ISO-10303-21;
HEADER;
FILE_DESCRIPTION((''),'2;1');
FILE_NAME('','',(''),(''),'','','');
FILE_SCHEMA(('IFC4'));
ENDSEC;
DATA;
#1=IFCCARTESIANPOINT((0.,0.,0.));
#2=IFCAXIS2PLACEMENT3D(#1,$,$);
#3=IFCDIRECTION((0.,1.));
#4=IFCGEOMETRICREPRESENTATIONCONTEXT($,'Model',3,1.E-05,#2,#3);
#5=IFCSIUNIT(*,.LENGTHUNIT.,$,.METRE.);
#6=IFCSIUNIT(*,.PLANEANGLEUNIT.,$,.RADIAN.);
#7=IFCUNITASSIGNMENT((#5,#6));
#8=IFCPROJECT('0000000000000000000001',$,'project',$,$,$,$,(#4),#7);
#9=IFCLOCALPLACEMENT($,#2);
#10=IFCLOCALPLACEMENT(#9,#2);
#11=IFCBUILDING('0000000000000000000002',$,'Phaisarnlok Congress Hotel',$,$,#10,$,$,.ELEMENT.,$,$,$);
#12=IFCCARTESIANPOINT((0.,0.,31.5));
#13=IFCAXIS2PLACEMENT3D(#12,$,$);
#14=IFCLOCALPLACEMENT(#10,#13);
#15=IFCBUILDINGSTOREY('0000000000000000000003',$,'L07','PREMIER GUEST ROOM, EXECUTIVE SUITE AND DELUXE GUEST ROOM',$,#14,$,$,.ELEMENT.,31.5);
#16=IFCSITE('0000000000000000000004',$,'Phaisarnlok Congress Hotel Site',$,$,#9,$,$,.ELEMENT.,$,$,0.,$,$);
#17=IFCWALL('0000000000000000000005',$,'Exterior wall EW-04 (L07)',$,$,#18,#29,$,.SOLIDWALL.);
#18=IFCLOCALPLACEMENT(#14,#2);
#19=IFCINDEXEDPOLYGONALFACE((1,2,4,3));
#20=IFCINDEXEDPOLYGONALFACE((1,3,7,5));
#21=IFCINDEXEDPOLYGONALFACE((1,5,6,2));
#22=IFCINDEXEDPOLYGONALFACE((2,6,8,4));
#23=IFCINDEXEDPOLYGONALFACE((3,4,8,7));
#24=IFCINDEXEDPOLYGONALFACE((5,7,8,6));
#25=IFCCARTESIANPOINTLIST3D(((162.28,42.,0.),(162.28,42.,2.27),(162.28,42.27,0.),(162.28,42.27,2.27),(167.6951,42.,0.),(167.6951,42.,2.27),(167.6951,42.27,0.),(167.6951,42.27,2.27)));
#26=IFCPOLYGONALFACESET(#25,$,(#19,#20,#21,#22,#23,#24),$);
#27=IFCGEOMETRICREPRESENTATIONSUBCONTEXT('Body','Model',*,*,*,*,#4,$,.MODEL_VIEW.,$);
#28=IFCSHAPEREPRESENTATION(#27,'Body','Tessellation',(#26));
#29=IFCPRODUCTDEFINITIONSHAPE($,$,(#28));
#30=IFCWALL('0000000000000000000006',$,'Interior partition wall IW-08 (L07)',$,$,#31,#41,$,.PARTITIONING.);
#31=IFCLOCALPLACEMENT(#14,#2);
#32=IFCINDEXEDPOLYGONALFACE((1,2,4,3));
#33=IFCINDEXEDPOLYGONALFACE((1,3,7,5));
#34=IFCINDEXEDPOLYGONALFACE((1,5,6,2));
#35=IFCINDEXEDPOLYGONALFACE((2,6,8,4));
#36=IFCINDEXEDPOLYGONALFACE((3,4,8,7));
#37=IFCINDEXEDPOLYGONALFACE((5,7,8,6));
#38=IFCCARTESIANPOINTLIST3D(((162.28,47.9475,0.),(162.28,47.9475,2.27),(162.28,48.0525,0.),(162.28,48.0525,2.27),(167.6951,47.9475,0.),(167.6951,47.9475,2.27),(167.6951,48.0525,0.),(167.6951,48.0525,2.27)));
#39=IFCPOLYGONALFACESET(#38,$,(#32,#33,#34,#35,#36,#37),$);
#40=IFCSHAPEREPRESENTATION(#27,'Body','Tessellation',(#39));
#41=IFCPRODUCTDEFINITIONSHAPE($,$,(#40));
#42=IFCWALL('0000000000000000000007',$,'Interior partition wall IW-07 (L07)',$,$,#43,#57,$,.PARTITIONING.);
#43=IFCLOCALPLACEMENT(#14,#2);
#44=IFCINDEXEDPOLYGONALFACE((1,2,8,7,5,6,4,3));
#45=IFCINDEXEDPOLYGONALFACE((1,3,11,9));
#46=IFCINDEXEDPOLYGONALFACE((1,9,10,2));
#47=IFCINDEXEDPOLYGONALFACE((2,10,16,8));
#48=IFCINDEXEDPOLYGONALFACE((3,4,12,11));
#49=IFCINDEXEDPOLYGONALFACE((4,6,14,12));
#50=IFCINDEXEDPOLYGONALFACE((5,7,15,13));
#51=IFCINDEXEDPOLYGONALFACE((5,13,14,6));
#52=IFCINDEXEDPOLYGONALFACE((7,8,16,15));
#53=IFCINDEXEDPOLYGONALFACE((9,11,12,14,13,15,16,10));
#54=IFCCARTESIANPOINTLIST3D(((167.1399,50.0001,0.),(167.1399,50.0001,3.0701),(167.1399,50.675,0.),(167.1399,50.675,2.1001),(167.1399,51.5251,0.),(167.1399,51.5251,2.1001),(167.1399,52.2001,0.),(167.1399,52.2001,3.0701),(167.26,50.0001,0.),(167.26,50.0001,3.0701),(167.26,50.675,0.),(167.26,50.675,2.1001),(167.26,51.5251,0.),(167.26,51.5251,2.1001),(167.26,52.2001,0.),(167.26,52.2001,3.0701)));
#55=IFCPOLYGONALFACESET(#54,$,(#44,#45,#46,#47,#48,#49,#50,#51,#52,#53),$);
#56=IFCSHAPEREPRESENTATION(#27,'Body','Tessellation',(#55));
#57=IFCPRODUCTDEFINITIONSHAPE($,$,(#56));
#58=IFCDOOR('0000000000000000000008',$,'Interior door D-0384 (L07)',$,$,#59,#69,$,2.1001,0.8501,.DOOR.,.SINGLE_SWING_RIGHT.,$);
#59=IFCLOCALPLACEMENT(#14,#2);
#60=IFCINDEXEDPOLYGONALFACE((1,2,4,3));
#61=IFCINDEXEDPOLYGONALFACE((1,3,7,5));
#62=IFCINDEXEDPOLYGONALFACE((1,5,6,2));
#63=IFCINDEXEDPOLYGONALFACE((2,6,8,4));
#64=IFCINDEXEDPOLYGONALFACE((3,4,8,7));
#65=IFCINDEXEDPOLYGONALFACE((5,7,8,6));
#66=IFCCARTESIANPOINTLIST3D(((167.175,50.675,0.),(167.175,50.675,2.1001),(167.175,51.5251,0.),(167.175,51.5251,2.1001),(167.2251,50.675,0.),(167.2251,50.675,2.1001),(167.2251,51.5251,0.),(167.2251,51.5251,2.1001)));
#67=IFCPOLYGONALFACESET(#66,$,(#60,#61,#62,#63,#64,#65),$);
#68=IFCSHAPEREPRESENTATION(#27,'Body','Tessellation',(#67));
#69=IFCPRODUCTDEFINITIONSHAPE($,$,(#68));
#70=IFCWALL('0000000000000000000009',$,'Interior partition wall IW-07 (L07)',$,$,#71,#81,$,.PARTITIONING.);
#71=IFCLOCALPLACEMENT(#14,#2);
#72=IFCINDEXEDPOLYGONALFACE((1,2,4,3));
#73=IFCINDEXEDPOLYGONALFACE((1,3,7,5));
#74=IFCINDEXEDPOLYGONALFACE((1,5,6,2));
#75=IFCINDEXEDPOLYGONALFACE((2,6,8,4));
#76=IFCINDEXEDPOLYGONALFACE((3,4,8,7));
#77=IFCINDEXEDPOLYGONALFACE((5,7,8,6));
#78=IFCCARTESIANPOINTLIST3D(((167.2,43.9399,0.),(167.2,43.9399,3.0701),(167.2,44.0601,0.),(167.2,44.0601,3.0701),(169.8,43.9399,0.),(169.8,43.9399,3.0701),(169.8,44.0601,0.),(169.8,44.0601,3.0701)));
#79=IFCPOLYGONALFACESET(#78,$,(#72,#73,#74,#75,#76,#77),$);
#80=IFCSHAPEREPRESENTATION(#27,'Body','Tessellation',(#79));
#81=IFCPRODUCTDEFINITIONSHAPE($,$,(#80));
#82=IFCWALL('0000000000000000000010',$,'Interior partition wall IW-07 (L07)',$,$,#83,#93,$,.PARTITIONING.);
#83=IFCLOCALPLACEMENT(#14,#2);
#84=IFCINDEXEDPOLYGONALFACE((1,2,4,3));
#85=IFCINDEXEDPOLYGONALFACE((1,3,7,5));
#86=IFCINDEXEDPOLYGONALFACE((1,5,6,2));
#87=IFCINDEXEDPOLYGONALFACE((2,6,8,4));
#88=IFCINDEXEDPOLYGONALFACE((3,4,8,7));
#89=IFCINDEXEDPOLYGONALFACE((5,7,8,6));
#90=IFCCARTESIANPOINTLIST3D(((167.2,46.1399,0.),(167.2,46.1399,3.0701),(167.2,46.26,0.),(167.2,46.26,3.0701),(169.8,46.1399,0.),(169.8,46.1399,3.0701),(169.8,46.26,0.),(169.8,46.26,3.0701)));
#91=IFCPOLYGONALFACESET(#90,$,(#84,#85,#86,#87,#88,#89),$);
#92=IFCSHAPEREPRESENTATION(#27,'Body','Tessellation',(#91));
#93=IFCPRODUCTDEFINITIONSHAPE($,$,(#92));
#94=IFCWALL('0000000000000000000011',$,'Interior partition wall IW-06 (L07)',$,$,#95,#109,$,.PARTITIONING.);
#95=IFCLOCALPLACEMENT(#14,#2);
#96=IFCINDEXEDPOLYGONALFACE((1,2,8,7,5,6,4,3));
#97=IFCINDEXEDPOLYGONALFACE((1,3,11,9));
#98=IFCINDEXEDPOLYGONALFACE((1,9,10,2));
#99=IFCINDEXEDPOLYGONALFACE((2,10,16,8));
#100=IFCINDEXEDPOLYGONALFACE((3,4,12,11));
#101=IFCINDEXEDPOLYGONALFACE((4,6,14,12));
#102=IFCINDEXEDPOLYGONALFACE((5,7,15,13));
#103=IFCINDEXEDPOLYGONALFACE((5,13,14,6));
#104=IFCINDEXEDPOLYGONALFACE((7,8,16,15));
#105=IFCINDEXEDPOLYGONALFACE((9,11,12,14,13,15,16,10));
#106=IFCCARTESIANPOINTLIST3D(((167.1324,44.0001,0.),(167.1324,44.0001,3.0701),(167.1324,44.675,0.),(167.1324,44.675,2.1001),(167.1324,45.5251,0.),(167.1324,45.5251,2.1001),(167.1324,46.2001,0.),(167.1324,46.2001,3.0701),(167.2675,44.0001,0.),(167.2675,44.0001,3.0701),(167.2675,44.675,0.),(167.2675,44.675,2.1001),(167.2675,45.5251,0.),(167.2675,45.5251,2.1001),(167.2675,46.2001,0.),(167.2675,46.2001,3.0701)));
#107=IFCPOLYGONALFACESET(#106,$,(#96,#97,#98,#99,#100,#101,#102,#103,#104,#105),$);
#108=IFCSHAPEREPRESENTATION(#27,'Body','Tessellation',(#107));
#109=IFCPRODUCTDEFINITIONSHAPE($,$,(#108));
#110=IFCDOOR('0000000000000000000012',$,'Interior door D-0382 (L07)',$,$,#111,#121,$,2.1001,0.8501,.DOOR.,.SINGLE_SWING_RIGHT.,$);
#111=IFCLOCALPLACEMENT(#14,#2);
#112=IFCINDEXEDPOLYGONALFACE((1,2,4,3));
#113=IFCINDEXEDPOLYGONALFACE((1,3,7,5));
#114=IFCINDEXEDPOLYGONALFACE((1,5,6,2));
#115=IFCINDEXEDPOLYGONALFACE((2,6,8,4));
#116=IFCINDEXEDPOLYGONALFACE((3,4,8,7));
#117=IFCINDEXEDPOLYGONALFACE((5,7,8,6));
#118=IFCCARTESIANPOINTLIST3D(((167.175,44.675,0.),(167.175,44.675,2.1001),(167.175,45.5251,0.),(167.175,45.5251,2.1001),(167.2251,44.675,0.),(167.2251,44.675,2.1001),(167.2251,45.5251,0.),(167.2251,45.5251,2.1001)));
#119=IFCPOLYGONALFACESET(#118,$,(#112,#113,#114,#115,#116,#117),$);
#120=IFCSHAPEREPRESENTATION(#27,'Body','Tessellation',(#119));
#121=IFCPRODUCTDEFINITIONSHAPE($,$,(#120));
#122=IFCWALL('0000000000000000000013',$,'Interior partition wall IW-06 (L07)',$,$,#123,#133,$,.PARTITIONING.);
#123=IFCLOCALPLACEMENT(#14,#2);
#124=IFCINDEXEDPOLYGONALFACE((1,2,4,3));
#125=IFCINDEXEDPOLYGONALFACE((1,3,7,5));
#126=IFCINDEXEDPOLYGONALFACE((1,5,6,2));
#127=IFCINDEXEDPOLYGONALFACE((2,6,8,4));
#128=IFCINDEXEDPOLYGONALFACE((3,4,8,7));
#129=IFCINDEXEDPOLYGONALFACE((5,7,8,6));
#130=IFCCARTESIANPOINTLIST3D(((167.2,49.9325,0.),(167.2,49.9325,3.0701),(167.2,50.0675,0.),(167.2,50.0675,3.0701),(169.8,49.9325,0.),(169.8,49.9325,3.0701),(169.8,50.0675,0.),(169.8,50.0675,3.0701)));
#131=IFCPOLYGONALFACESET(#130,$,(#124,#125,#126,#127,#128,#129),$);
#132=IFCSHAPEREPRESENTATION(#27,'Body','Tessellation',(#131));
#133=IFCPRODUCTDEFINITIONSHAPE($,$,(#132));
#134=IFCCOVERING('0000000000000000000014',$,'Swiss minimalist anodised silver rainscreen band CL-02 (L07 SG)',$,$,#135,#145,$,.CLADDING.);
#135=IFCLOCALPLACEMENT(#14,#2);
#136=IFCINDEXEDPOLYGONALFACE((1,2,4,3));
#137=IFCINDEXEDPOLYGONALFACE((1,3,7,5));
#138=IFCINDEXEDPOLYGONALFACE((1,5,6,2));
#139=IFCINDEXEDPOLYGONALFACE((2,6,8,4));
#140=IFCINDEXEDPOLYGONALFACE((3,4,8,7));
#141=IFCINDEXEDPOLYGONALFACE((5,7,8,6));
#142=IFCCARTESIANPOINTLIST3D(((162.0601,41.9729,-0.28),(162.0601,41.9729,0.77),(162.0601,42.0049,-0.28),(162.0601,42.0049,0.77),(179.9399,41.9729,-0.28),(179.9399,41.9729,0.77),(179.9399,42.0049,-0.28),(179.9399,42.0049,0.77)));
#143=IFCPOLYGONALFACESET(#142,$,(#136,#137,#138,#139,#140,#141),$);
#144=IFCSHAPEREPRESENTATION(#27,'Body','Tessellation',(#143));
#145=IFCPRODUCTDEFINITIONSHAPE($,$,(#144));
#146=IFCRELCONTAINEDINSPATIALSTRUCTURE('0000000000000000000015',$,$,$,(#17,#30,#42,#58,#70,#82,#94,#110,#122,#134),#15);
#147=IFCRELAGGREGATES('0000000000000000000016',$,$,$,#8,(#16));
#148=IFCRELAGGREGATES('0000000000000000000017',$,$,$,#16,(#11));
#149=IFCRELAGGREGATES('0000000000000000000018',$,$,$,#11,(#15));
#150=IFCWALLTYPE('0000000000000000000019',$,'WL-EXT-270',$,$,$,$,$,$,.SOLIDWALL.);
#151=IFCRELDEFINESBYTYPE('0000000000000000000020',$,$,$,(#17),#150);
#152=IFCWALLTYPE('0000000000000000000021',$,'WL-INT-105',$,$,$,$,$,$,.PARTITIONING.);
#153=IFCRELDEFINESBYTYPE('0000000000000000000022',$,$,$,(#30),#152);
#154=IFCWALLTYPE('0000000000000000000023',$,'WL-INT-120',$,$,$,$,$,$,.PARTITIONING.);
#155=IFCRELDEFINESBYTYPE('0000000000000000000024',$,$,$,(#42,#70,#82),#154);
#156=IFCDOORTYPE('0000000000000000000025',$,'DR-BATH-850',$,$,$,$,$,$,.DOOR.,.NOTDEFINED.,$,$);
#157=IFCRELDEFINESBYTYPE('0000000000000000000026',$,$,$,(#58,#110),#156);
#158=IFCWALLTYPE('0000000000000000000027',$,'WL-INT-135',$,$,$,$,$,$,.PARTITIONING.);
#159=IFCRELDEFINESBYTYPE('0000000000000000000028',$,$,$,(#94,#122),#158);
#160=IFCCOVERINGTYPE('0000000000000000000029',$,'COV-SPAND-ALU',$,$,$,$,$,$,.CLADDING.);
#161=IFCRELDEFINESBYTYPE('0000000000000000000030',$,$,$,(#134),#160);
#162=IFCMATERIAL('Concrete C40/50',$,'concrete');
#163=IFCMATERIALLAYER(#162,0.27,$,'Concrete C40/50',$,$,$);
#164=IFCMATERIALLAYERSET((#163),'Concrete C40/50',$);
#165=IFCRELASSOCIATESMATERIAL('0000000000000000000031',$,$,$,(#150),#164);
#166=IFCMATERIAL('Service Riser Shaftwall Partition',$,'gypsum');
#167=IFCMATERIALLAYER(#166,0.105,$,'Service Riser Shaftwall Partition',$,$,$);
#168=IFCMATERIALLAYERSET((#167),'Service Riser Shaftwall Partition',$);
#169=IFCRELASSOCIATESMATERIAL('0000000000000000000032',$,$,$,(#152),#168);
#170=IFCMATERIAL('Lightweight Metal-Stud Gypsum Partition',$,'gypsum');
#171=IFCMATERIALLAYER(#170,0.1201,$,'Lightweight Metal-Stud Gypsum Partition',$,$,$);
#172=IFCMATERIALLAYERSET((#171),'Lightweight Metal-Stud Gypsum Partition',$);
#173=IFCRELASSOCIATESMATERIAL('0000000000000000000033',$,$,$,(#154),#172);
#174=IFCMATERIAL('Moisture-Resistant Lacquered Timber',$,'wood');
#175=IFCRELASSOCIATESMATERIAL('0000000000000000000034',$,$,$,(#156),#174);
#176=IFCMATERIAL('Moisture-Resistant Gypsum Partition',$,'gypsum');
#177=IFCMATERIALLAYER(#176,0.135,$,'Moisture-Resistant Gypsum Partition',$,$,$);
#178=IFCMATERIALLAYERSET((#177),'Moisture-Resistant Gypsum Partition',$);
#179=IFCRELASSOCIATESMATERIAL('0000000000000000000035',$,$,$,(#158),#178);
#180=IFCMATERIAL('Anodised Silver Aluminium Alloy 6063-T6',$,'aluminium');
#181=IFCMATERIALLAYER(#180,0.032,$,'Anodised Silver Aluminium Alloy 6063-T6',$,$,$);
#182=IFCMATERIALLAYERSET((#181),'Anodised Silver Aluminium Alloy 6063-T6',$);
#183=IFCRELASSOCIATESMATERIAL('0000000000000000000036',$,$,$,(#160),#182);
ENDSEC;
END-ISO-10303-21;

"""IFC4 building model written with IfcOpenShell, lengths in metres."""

from ifc_helpers import new_model, si_unit, direction, frame, frame_2d, origin, place, context, subcontext, project, spatial, polyline, rectangle, outline, extrude, material, layer, layer_set, type_object, element, fill, save


model = new_model("IFC4")

# Units and contexts
model_context = context("Model", 3, precision=1e-05, world=origin(), true_north=direction((0.0, 1.0)))
body_context = subcontext(model_context, "Body", "Model", "MODEL_VIEW")
ifc_project = project(units=[si_unit("LENGTHUNIT", "METRE"), si_unit("PLANEANGLEUNIT", "RADIAN")], contexts=[model_context])

# Site, building, storey
site_placement = place(None, origin())
site = spatial("IfcSite", under=ifc_project, at=site_placement, Name="Phaisarnlok Congress Hotel Site", CompositionType="ELEMENT", RefElevation=0.0)
building_placement = place(site_placement, origin())
building = spatial("IfcBuilding", under=site, at=building_placement, Name="Phaisarnlok Congress Hotel", CompositionType="ELEMENT")
storey_placement = place(building_placement, frame((0.0, 0.0, 31.5)))
storey = spatial("IfcBuildingStorey", under=building, at=storey_placement, Name="L07", Description="PREMIER GUEST ROOM, EXECUTIVE SUITE AND DELUXE GUEST ROOM", CompositionType="ELEMENT", Elevation=31.5)

# Shared definitions
ifc_material_1 = material(Name="Concrete C40/50", Category="concrete")

# Walls
ifc_layer_1 = layer(ifc_material_1, 0.27, Name="Concrete C40/50")
ifc_layer_set_1 = layer_set([ifc_layer_1], Name="Concrete C40/50")
wall_type_1 = type_object("IfcWallType", Name="WL-EXT-270", PredefinedType="SOLIDWALL", material=ifc_layer_set_1)
wall_1_placement = place(storey_placement, frame((162.28, 42.135, 0.0), z_axis=(0.0, 0.0, 1.0), x_axis=(1.0, 0.0, 0.0)))
element("IfcWall", 1, at=wall_1_placement, inside=storey, type_object=wall_type_1, Name="Exterior wall EW-04 (L07)", PredefinedType="SOLIDWALL", context=body_context, shape_type="SweptSolid", body=[
    extrude(rectangle(XDim=5.415, YDim=0.27, at=frame_2d((2.7075, 0.0))), origin(), (0.0, 0.0, 1.0), 2.27),
])
ifc_material_2 = material(Name="Service Riser Shaftwall Partition", Category="gypsum")
ifc_layer_2 = layer(ifc_material_2, 0.105, Name="Service Riser Shaftwall Partition")
ifc_layer_set_2 = layer_set([ifc_layer_2], Name="Service Riser Shaftwall Partition")
wall_type_2 = type_object("IfcWallType", Name="WL-INT-105", PredefinedType="PARTITIONING", material=ifc_layer_set_2)
wall_2_placement = place(storey_placement, frame((162.28, 48.0, 0.0), z_axis=(0.0, 0.0, 1.0), x_axis=(1.0, 0.0, 0.0)))
element("IfcWall", 2, at=wall_2_placement, inside=storey, type_object=wall_type_2, Name="Interior partition wall IW-08 (L07)", PredefinedType="PARTITIONING", context=body_context, shape_type="SweptSolid", body=[
    extrude(rectangle(XDim=5.415, YDim=0.105, at=frame_2d((2.7075, 0.0))), origin(), (0.0, 0.0, 1.0), 2.27),
])

# Wall, opening, door
ifc_material_3 = material(Name="Lightweight Metal-Stud Gypsum Partition", Category="gypsum")
ifc_layer_3 = layer(ifc_material_3, 0.1201, Name="Lightweight Metal-Stud Gypsum Partition")
ifc_layer_set_3 = layer_set([ifc_layer_3], Name="Lightweight Metal-Stud Gypsum Partition")
wall_type_3 = type_object("IfcWallType", Name="WL-INT-120", PredefinedType="PARTITIONING", material=ifc_layer_set_3)
wall_3_placement = place(storey_placement, frame((167.2, 50.0, 0.0), z_axis=(0.0, 0.0, 1.0), x_axis=(0.0, 1.0, 0.0)))
wall_3 = element("IfcWall", 3, at=wall_3_placement, inside=storey, type_object=wall_type_3, Name="Interior partition wall IW-07 (L07)", PredefinedType="PARTITIONING", context=body_context, shape_type="SweptSolid", body=[
    extrude(rectangle(XDim=2.2, YDim=0.1201, at=frame_2d((1.1001, 0.0))), origin(), (0.0, 0.0, 1.0), 3.0701),
])
opening_1_placement = place(wall_3_placement, frame((0.675, 0.0, 0.0)))
opening_1 = element("IfcOpeningElement", 4, at=opening_1_placement, cuts=wall_3, PredefinedType="OPENING", context=body_context, shape_type="SweptSolid", body=[
    extrude(rectangle(XDim=0.8501, YDim=2.1001, at=frame_2d((0.425, 1.05))), frame((0.0, 0.0701, 0.0), z_axis=(0.0, -1.0, 0.0), x_axis=(1.0, 0.0, 0.0)), (0.0, 0.0, 1.0), 0.1401),
])
ifc_material_4 = material(Name="Moisture-Resistant Lacquered Timber", Category="wood")
door_type = type_object("IfcDoorType", Name="DR-BATH-850", OperationType="NOTDEFINED", PredefinedType="DOOR", material=ifc_material_4)
door_1_placement = place(opening_1_placement, origin())
door_1 = element("IfcDoor", 5, at=door_1_placement, inside=storey, type_object=door_type, Name="Interior door D-0384 (L07)", OperationType="SINGLE_SWING_RIGHT", OverallHeight=2.1001, OverallWidth=0.8501, PredefinedType="DOOR", context=body_context, shape_type="SweptSolid", body=[
    extrude(rectangle(XDim=0.8501, YDim=2.1001, at=frame_2d((0.425, 1.05))), frame((0.0, 0.0249, 0.0), z_axis=(0.0, -1.0, 0.0), x_axis=(1.0, 0.0, 0.0)), (0.0, 0.0, 1.0), 0.05),
])
fill(opening_1, door_1)

# Walls
for number, where, z_axis, x_axis, name in (
    (6, (167.2, 44.0, 0.0), (0.0, 0.0, 1.0), (1.0, 0.0, 0.0), "Interior partition wall IW-07 (L07)"),
    (7, (167.2, 46.2, 0.0), (0.0, 0.0, 1.0), (1.0, 0.0, 0.0), "Interior partition wall IW-07 (L07)"),
):
    element("IfcWall", number, at=place(storey_placement, frame(where, z_axis=z_axis, x_axis=x_axis)), inside=storey, type_object=wall_type_3, Name=name, PredefinedType="PARTITIONING", context=body_context, shape_type="SweptSolid", body=[
        extrude(rectangle(XDim=2.6001, YDim=0.1201, at=frame_2d((1.3, 0.0))), origin(), (0.0, 0.0, 1.0), 3.0701),
    ])

# Wall, opening, door
ifc_material_5 = material(Name="Moisture-Resistant Gypsum Partition", Category="gypsum")
ifc_layer_4 = layer(ifc_material_5, 0.135, Name="Moisture-Resistant Gypsum Partition")
ifc_layer_set_4 = layer_set([ifc_layer_4], Name="Moisture-Resistant Gypsum Partition")
wall_type_4 = type_object("IfcWallType", Name="WL-INT-135", PredefinedType="PARTITIONING", material=ifc_layer_set_4)
wall_4_placement = place(storey_placement, frame((167.2, 44.0, 0.0), z_axis=(0.0, 0.0, 1.0), x_axis=(0.0, 1.0, 0.0)))
wall_4 = element("IfcWall", 8, at=wall_4_placement, inside=storey, type_object=wall_type_4, Name="Interior partition wall IW-06 (L07)", PredefinedType="PARTITIONING", context=body_context, shape_type="SweptSolid", body=[
    extrude(rectangle(XDim=2.2, YDim=0.135, at=frame_2d((1.1001, 0.0))), origin(), (0.0, 0.0, 1.0), 3.0701),
])
opening_2_placement = place(wall_4_placement, frame((0.675, 0.0, 0.0)))
opening_2 = element("IfcOpeningElement", 9, at=opening_2_placement, cuts=wall_4, PredefinedType="OPENING", context=body_context, shape_type="SweptSolid", body=[
    extrude(rectangle(XDim=0.8501, YDim=2.1001, at=frame_2d((0.425, 1.05))), frame((0.0, 0.0776, 0.0), z_axis=(0.0, -1.0, 0.0), x_axis=(1.0, 0.0, 0.0)), (0.0, 0.0, 1.0), 0.155),
])
door_2_placement = place(opening_2_placement, origin())
door_2 = element("IfcDoor", 10, at=door_2_placement, inside=storey, type_object=door_type, Name="Interior door D-0382 (L07)", OperationType="SINGLE_SWING_RIGHT", OverallHeight=2.1001, OverallWidth=0.8501, PredefinedType="DOOR", context=body_context, shape_type="SweptSolid", body=[
    extrude(rectangle(XDim=0.8501, YDim=2.1001, at=frame_2d((0.425, 1.05))), frame((0.0, 0.0249, 0.0), z_axis=(0.0, -1.0, 0.0), x_axis=(1.0, 0.0, 0.0)), (0.0, 0.0, 1.0), 0.05),
])
fill(opening_2, door_2)

# Wall
wall_5_placement = place(storey_placement, frame((167.2, 50.0, 0.0), z_axis=(0.0, 0.0, 1.0), x_axis=(1.0, 0.0, 0.0)))
element("IfcWall", 11, at=wall_5_placement, inside=storey, type_object=wall_type_4, Name="Interior partition wall IW-06 (L07)", PredefinedType="PARTITIONING", context=body_context, shape_type="SweptSolid", body=[
    extrude(rectangle(XDim=2.6001, YDim=0.135, at=frame_2d((1.3, 0.0))), origin(), (0.0, 0.0, 1.0), 3.0701),
])

# Covering
ifc_material_6 = material(Name="Anodised Silver Aluminium Alloy 6063-T6", Category="aluminium")
ifc_layer_5 = layer(ifc_material_6, 0.032, Name="Anodised Silver Aluminium Alloy 6063-T6")
ifc_layer_set_5 = layer_set([ifc_layer_5], Name="Anodised Silver Aluminium Alloy 6063-T6")
covering_type = type_object("IfcCoveringType", Name="COV-SPAND-ALU", PredefinedType="CLADDING", material=ifc_layer_set_5)
covering_placement = place(storey_placement, frame((162.0601, 42.0049, -0.28), z_axis=(0.0, -1.0, 0.0), x_axis=(1.0, 0.0, 0.0)))
element("IfcCovering", 12, at=covering_placement, inside=storey, type_object=covering_type, Name="Swiss minimalist anodised silver rainscreen band CL-02 (L07 SG)", PredefinedType="CLADDING", context=body_context, shape_type="SweptSolid", body=[
    extrude(outline(polyline([(0.0, 0.0), (17.8799, 0.0), (17.8799, 1.05), (0.0, 1.05), (0.0, 0.0)])), origin(), (0.0, 0.0, 1.0), 0.032),
])

save(model, "model.ifc")
